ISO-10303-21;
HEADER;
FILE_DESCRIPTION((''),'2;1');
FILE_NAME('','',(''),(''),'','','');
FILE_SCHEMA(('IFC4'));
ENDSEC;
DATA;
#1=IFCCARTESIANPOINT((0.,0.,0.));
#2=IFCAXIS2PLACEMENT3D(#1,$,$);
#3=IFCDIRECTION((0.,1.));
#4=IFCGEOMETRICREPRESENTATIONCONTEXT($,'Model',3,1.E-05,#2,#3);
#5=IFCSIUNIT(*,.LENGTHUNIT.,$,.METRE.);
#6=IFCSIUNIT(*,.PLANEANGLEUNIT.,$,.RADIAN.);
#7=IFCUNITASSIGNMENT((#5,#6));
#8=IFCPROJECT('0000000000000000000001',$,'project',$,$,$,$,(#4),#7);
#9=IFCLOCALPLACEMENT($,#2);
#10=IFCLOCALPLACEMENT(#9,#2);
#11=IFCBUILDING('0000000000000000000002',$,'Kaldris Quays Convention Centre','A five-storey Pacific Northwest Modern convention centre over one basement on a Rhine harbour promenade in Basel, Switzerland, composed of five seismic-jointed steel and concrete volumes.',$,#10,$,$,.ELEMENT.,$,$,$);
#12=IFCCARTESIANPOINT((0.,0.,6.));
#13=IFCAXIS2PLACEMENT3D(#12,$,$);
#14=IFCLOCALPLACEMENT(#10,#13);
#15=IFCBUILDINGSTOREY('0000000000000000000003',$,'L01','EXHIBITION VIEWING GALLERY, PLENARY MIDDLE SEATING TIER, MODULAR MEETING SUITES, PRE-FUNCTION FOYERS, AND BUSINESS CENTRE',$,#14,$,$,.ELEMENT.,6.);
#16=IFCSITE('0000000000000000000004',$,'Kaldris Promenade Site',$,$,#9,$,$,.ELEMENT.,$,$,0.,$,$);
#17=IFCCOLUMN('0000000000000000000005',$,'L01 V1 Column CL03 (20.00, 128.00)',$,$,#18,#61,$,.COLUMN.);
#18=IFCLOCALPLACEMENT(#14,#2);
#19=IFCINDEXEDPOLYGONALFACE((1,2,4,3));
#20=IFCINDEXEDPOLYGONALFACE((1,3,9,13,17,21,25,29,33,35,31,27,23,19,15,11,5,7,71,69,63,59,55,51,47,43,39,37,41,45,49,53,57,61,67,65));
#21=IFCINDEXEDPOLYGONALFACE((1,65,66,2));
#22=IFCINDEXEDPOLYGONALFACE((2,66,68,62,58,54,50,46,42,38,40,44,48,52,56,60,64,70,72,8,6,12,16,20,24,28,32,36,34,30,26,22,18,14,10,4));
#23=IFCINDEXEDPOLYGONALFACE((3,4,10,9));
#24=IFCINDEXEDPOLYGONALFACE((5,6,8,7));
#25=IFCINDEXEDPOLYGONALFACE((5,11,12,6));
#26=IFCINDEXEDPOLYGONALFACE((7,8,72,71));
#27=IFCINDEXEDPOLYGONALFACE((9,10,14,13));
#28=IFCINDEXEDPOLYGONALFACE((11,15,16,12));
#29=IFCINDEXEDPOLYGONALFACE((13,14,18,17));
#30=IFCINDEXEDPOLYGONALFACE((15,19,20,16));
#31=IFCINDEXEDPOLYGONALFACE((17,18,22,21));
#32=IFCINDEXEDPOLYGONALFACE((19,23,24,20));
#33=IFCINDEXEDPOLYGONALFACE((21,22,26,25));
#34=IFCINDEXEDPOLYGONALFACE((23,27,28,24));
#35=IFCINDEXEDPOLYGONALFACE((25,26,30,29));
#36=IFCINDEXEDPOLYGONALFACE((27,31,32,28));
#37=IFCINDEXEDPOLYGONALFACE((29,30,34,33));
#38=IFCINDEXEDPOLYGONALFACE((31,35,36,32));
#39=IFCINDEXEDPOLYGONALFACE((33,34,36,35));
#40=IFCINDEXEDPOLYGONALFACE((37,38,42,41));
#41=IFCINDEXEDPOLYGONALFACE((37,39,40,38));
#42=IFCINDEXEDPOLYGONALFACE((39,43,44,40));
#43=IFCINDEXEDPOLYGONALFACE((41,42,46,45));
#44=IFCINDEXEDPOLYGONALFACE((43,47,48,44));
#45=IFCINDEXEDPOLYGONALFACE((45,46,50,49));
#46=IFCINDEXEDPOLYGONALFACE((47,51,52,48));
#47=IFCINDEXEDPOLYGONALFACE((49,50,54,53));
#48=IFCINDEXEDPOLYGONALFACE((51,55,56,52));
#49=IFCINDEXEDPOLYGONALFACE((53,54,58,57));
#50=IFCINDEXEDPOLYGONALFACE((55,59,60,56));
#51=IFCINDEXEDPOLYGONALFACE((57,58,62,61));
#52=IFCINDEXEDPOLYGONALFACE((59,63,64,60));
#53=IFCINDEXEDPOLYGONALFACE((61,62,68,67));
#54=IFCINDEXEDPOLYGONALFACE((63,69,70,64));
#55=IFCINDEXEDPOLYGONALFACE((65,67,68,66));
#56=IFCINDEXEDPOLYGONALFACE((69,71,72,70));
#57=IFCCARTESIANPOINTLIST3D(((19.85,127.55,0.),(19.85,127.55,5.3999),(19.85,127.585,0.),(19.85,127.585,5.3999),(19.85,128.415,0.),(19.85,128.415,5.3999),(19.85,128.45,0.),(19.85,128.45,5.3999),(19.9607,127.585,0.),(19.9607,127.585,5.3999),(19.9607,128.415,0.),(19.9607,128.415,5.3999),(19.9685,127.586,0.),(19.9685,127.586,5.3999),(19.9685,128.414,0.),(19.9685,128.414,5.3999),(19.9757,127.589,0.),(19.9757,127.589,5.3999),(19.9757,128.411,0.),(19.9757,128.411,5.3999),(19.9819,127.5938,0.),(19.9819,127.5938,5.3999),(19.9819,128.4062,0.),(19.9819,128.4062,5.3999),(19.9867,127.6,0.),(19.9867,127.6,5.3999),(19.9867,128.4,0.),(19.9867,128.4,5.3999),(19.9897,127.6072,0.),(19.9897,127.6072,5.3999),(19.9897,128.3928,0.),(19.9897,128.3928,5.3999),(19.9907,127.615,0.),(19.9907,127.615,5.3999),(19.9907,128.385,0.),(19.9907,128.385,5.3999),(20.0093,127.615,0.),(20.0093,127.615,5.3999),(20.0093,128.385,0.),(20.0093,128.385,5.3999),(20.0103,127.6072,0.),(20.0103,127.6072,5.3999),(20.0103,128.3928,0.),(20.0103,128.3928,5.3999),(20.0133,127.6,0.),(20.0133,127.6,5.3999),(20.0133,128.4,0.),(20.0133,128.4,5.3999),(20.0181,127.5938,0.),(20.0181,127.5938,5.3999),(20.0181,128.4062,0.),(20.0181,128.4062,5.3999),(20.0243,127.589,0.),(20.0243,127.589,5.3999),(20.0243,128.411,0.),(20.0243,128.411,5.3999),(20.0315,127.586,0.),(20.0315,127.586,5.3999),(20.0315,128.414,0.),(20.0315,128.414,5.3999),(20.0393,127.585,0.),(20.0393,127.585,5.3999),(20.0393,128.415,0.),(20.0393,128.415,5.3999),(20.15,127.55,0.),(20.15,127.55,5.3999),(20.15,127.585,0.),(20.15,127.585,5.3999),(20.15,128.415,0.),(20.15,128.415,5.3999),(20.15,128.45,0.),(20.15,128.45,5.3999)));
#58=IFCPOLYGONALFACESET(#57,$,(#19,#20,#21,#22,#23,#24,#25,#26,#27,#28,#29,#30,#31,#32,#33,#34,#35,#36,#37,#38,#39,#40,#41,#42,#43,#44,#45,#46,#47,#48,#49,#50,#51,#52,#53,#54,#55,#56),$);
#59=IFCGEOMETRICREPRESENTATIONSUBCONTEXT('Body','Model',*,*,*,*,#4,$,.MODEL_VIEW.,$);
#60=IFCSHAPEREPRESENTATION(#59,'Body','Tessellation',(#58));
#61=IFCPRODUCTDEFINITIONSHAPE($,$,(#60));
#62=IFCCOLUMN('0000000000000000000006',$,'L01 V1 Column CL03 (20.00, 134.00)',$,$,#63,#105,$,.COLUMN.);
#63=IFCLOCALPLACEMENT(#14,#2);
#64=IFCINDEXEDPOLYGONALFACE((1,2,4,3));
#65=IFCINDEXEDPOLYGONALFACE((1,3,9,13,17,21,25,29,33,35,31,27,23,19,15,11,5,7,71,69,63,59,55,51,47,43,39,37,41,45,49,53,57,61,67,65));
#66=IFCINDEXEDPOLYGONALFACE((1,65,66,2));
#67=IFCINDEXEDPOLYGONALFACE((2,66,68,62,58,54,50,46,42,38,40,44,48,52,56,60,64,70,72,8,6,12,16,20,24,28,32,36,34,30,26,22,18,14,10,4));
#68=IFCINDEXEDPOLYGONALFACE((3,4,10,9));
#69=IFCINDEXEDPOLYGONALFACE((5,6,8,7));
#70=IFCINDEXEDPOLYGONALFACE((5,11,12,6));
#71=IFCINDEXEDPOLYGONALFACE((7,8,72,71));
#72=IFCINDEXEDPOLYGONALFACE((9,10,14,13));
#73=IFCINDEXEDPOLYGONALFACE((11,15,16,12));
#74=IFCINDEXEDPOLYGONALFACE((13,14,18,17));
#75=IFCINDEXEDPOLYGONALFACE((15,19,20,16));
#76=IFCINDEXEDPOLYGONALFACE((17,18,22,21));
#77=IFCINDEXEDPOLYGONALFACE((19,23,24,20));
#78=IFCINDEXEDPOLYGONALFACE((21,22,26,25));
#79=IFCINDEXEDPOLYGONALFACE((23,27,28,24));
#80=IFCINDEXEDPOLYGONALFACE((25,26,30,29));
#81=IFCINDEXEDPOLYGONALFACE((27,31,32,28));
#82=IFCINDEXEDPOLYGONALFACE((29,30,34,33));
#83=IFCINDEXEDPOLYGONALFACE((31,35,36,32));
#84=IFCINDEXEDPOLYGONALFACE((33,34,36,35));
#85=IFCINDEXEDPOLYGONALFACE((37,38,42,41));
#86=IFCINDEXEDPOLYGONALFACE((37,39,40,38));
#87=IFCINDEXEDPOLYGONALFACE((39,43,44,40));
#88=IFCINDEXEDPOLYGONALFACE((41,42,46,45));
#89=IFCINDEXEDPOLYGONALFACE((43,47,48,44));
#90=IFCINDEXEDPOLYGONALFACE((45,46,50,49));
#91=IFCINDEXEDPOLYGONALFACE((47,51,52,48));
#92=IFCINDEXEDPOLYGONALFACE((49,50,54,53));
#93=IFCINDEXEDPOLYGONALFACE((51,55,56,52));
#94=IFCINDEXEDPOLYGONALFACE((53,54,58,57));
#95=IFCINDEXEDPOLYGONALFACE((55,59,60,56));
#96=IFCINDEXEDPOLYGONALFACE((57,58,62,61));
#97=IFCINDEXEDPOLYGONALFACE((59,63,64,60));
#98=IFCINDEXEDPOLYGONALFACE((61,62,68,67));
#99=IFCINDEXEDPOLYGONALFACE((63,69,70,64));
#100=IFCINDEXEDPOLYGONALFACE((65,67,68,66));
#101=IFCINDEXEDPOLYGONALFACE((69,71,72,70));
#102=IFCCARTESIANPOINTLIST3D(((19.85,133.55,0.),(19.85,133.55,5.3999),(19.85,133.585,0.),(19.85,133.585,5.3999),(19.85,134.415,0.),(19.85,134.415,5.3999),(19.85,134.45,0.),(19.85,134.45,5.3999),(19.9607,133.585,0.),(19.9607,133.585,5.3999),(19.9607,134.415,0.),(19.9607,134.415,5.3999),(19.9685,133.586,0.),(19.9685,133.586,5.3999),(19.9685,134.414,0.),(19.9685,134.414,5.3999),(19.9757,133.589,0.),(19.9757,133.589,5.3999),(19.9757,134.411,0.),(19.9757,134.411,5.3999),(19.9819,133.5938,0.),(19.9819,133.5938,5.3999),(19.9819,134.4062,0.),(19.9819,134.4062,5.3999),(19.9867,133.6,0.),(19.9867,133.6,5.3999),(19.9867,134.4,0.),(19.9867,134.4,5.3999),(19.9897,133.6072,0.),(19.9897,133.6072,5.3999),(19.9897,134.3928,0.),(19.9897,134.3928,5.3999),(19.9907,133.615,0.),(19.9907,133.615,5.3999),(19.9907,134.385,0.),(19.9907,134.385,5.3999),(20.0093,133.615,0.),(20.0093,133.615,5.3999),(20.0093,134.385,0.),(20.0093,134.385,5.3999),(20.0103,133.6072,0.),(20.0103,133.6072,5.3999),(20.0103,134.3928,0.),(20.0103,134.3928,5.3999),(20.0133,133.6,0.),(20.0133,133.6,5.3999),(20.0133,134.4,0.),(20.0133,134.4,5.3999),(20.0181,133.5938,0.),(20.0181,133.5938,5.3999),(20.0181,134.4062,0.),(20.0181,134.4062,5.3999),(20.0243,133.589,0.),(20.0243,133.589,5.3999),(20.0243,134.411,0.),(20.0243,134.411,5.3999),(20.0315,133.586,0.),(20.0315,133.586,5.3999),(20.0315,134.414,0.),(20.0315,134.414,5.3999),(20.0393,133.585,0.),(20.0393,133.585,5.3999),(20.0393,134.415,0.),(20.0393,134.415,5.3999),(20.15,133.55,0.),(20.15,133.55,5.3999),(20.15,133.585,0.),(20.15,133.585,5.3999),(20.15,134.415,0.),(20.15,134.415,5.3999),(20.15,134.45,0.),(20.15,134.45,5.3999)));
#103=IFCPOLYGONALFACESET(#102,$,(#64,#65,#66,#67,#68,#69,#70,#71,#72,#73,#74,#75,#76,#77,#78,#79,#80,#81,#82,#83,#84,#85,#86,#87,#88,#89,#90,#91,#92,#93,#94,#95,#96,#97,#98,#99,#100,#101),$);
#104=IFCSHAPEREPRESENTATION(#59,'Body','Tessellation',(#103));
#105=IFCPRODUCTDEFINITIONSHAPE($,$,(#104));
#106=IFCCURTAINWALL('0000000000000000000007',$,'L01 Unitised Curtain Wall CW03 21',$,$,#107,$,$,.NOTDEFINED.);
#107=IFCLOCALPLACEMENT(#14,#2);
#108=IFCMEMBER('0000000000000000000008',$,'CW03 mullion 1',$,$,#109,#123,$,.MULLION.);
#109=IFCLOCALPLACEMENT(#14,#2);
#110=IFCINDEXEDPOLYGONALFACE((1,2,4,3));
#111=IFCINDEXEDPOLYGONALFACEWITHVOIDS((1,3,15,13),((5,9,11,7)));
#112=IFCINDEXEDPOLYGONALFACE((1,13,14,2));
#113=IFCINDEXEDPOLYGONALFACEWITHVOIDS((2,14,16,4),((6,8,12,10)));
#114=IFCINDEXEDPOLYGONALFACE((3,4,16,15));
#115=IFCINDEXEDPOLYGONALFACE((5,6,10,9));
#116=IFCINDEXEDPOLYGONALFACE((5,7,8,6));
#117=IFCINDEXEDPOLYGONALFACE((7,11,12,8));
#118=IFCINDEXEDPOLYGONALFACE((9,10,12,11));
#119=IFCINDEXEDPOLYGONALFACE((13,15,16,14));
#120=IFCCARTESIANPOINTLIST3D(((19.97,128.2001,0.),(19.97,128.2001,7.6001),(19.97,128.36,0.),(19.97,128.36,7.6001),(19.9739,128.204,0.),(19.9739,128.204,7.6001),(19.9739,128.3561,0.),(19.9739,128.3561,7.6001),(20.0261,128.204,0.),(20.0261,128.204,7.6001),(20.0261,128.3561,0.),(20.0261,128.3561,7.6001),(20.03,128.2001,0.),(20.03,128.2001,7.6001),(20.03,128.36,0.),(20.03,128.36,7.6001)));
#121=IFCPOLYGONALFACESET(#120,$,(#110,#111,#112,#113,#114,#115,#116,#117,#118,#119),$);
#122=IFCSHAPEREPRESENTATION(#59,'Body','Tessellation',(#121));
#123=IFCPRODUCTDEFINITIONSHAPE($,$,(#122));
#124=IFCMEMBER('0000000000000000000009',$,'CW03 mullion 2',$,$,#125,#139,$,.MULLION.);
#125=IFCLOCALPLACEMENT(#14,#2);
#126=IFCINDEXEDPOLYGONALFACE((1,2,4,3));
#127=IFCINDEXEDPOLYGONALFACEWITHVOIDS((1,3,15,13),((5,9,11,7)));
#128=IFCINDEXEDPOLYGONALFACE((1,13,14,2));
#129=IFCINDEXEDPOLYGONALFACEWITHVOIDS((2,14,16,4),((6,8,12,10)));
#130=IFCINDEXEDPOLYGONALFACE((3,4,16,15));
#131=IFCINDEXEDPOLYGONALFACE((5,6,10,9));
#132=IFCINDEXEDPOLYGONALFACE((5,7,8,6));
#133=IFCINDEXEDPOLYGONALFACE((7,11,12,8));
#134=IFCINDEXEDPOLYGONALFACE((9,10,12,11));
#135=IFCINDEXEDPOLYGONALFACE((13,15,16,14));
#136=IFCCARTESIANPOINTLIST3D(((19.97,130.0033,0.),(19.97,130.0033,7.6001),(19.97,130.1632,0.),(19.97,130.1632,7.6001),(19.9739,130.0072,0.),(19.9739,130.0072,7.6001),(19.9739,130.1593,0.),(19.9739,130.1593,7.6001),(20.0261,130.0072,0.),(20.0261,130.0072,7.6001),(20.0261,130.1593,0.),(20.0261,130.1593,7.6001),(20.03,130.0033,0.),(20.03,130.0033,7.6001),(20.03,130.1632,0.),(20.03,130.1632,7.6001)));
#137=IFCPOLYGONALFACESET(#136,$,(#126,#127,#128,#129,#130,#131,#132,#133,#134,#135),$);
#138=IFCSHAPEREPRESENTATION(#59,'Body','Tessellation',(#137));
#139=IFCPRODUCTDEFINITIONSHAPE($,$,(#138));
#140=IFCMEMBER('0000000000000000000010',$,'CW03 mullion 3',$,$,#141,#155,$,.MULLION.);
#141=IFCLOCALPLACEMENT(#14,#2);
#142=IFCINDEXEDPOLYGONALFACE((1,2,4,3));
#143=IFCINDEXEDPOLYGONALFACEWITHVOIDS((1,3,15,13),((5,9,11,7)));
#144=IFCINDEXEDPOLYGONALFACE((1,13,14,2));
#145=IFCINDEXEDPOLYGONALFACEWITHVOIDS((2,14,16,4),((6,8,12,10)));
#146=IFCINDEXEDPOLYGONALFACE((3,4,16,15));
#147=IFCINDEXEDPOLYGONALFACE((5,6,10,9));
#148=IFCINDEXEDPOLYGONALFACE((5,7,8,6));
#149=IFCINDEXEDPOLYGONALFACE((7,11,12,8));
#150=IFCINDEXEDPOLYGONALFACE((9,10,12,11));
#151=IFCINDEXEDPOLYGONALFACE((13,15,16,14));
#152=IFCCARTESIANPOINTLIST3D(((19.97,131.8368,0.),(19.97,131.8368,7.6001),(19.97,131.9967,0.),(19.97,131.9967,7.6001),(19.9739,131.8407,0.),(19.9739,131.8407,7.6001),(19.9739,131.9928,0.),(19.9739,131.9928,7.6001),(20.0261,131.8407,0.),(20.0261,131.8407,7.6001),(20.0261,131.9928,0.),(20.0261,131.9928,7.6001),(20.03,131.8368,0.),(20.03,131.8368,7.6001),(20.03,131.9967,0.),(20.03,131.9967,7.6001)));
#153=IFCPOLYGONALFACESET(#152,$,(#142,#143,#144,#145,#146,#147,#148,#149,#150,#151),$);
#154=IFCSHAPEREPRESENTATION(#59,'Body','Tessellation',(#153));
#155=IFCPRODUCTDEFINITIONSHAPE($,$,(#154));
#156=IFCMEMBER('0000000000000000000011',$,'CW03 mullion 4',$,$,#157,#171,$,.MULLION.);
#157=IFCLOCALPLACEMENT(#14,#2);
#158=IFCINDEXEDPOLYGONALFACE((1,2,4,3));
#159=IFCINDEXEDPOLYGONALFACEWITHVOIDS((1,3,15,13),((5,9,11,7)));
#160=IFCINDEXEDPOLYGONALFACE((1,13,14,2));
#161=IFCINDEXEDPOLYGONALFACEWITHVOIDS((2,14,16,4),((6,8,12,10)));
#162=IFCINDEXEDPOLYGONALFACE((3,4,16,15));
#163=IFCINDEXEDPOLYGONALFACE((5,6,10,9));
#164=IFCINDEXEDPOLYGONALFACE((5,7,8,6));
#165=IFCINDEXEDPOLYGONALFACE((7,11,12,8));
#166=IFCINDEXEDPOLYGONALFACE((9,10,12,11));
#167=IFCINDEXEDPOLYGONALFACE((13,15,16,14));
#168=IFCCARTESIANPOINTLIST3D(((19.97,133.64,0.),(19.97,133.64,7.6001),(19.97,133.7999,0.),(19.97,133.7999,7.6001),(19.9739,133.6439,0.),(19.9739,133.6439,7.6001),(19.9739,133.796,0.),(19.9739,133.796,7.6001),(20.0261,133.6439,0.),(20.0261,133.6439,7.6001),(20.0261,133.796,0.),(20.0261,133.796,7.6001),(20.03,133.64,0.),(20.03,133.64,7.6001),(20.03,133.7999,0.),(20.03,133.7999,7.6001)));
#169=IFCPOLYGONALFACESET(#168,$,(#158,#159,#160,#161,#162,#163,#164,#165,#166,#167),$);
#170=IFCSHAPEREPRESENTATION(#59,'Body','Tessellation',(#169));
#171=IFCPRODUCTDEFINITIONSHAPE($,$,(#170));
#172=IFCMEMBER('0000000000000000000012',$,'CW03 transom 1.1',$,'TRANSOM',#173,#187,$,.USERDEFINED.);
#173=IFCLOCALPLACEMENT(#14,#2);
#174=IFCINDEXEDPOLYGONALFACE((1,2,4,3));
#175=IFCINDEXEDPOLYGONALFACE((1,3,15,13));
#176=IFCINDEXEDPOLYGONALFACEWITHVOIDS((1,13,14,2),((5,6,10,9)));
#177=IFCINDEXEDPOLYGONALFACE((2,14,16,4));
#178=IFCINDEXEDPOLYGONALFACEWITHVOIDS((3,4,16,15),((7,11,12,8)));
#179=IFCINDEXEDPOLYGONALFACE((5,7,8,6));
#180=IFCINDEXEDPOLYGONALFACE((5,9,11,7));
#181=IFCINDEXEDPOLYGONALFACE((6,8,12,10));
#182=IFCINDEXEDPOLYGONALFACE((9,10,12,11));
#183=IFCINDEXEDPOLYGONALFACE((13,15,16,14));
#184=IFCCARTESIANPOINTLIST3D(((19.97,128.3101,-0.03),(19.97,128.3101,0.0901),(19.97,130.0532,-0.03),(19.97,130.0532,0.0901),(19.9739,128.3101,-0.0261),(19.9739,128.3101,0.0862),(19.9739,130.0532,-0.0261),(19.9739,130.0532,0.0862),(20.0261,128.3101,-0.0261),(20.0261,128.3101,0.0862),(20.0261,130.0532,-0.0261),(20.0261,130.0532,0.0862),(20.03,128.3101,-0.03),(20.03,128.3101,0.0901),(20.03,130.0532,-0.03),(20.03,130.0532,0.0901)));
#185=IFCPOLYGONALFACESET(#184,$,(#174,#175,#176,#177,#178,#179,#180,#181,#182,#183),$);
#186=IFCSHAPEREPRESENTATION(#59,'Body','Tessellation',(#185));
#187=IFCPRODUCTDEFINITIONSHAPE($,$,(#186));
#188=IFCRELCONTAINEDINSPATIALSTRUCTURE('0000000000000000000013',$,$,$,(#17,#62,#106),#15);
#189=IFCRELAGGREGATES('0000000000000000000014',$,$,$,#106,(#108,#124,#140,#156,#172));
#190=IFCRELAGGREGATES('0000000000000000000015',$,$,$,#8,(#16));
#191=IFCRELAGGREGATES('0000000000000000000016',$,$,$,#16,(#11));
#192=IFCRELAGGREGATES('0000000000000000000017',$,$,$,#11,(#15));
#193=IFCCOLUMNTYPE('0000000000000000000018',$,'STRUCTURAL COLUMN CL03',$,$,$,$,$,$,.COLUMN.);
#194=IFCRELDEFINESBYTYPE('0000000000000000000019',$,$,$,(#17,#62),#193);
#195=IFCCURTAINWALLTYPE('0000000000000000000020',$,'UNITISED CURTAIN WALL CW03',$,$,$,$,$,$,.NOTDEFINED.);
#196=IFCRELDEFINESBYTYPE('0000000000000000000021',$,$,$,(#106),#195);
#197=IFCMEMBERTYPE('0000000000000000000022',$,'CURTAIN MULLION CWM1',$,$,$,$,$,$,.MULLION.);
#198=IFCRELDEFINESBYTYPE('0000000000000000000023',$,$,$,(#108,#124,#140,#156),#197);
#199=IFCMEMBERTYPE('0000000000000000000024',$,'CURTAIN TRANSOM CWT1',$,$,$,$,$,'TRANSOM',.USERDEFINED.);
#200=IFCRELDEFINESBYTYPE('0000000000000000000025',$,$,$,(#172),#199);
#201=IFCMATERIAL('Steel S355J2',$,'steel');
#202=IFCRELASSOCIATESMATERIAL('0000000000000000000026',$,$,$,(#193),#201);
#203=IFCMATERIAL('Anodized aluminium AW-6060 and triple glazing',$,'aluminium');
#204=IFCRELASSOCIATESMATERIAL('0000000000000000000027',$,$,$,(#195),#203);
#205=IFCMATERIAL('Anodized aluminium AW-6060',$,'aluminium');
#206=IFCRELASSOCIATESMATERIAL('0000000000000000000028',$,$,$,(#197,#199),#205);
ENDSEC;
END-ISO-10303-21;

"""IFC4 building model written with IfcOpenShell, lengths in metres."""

from ifc_helpers import new_model, si_unit, direction, frame, origin, origin_2d, place, context, subcontext, project, spatial, hollow_rectangle, i_section, extrude, material, material_profile, profile_set, type_object, element, aggregate, save


model = new_model("IFC4")

# Units and contexts
model_context = context("Model", 3, precision=1e-05, world=origin(), true_north=direction((0.0, 1.0)))
body_context = subcontext(model_context, "Body", "Model", "MODEL_VIEW")
ifc_project = project(units=[si_unit("LENGTHUNIT", "METRE"), si_unit("PLANEANGLEUNIT", "RADIAN")], contexts=[model_context])

# Site, building, storey
site_placement = place(None, origin())
site = spatial("IfcSite", under=ifc_project, at=site_placement, Name="Kaldris Promenade Site", CompositionType="ELEMENT", RefElevation=0.0)
building_placement = place(site_placement, origin())
building = spatial("IfcBuilding", under=site, at=building_placement, Name="Kaldris Quays Convention Centre", Description="A five-storey Pacific Northwest Modern convention centre over one basement on a Rhine harbour promenade in Basel, Switzerland, composed of five seismic-jointed steel and concrete volumes.", CompositionType="ELEMENT")
storey_placement = place(building_placement, frame((0.0, 0.0, 6.0)))
storey = spatial("IfcBuildingStorey", under=building, at=storey_placement, Name="L01", Description="EXHIBITION VIEWING GALLERY, PLENARY MIDDLE SEATING TIER, MODULAR MEETING SUITES, PRE-FUNCTION FOYERS, AND BUSINESS CENTRE", CompositionType="ELEMENT", Elevation=6.0)

# Columns
ifc_material_1 = material(Name="Steel S355J2", Category="steel")
ifc_material_profile_1 = material_profile(ifc_material_1, i_section(OverallWidth=0.3, OverallDepth=0.8999, WebThickness=0.0186, FlangeThickness=0.0349, FilletRadius=0.03, at=origin_2d()), Name="HEB 900")
ifc_profile_set_1 = profile_set([ifc_material_profile_1], Name="Steel S355J2")
column_type = type_object("IfcColumnType", Name="STRUCTURAL COLUMN CL03", PredefinedType="COLUMN", material=ifc_profile_set_1)
for number, where, z_axis, x_axis, name in (
    (1, (20.0, 128.0, 0.0), (0.0, 0.0, 1.0), (1.0, 0.0, 0.0), "L01 V1 Column CL03 (20.00, 128.00)"),
    (2, (20.0, 134.0, 0.0), (0.0, 0.0, 1.0), (1.0, 0.0, 0.0), "L01 V1 Column CL03 (20.00, 134.00)"),
):
    element("IfcColumn", number, at=place(storey_placement, frame(where, z_axis=z_axis, x_axis=x_axis)), inside=storey, type_object=column_type, Name=name, PredefinedType="COLUMN", context=body_context, shape_type="SweptSolid", body=[
        extrude(i_section(OverallWidth=0.3, OverallDepth=0.8999, WebThickness=0.0186, FlangeThickness=0.0349, FilletRadius=0.03, at=origin_2d()), origin(), (0.0, 0.0, 1.0), 5.3999),
    ])

# Curtain wall, members
ifc_material_2 = material(Name="Anodized aluminium AW-6060 and triple glazing", Category="aluminium")
curtain_wall_type = type_object("IfcCurtainWallType", Name="UNITISED CURTAIN WALL CW03", PredefinedType="NOTDEFINED", material=ifc_material_2)
curtain_wall_placement = place(storey_placement, origin())
curtain_wall = element("IfcCurtainWall", 3, at=curtain_wall_placement, inside=storey, type_object=curtain_wall_type, Name="L01 Unitised Curtain Wall CW03 21", PredefinedType="NOTDEFINED")
ifc_material_3 = material(Name="Anodized aluminium AW-6060", Category="aluminium")
ifc_material_profile_2 = material_profile(ifc_material_3, hollow_rectangle(XDim=0.0601, YDim=0.1599, WallThickness=0.0039, at=origin_2d()), Name="RHS 160x60x4")
ifc_profile_set_2 = profile_set([ifc_material_profile_2], Name="Anodized aluminium AW-6060")
member_type_1 = type_object("IfcMemberType", Name="CURTAIN MULLION CWM1", PredefinedType="MULLION", material=ifc_profile_set_2)
member_1_placement = place(storey_placement, frame((20.0, 128.28, 0.0), z_axis=(0.0, 0.0, 1.0), x_axis=(-1.0, 0.0, 0.0)))
member_1 = element("IfcMember", 4, at=member_1_placement, type_object=member_type_1, Name="CW03 mullion 1", PredefinedType="MULLION", context=body_context, shape_type="SweptSolid", body=[
    extrude(hollow_rectangle(XDim=0.0601, YDim=0.1599, WallThickness=0.0039, at=origin_2d()), origin(), (0.0, 0.0, 1.0), 7.6001),
])
member_2_placement = place(storey_placement, frame((20.0, 130.0833, 0.0), z_axis=(0.0, 0.0, 1.0), x_axis=(-1.0, 0.0, 0.0)))
member_2 = element("IfcMember", 5, at=member_2_placement, type_object=member_type_1, Name="CW03 mullion 2", PredefinedType="MULLION", context=body_context, shape_type="SweptSolid", body=[
    extrude(hollow_rectangle(XDim=0.0601, YDim=0.1599, WallThickness=0.0039, at=origin_2d()), origin(), (0.0, 0.0, 1.0), 7.6001),
])
member_3_placement = place(storey_placement, frame((20.0, 131.9167, 0.0), z_axis=(0.0, 0.0, 1.0), x_axis=(-1.0, 0.0, 0.0)))
member_3 = element("IfcMember", 6, at=member_3_placement, type_object=member_type_1, Name="CW03 mullion 3", PredefinedType="MULLION", context=body_context, shape_type="SweptSolid", body=[
    extrude(hollow_rectangle(XDim=0.0601, YDim=0.1599, WallThickness=0.0039, at=origin_2d()), origin(), (0.0, 0.0, 1.0), 7.6001),
])
member_4_placement = place(storey_placement, frame((20.0, 133.72, 0.0), z_axis=(0.0, 0.0, 1.0), x_axis=(-1.0, 0.0, 0.0)))
member_4 = element("IfcMember", 7, at=member_4_placement, type_object=member_type_1, Name="CW03 mullion 4", PredefinedType="MULLION", context=body_context, shape_type="SweptSolid", body=[
    extrude(hollow_rectangle(XDim=0.0601, YDim=0.1599, WallThickness=0.0039, at=origin_2d()), origin(), (0.0, 0.0, 1.0), 7.6001),
])
ifc_material_profile_3 = material_profile(ifc_material_3, hollow_rectangle(XDim=0.0601, YDim=0.1201, WallThickness=0.0039, at=origin_2d()), Name="RHS 120x60x4")
ifc_profile_set_3 = profile_set([ifc_material_profile_3], Name="Anodized aluminium AW-6060")
member_type_2 = type_object("IfcMemberType", Name="CURTAIN TRANSOM CWT1", ElementType="TRANSOM", PredefinedType="USERDEFINED", material=ifc_profile_set_3)
member_5_placement = place(storey_placement, frame((20.0, 128.3101, 0.03), z_axis=(0.0, 1.0, 0.0), x_axis=(-1.0, 0.0, 0.0)))
member_5 = element("IfcMember", 8, at=member_5_placement, type_object=member_type_2, Name="CW03 transom 1.1", ObjectType="TRANSOM", PredefinedType="USERDEFINED", context=body_context, shape_type="SweptSolid", body=[
    extrude(hollow_rectangle(XDim=0.0601, YDim=0.1201, WallThickness=0.0039, at=origin_2d()), origin(), (0.0, 0.0, 1.0), 1.7432),
])
aggregate(curtain_wall, [member_1, member_2, member_3, member_4, member_5])

save(model, "model.ifc")
